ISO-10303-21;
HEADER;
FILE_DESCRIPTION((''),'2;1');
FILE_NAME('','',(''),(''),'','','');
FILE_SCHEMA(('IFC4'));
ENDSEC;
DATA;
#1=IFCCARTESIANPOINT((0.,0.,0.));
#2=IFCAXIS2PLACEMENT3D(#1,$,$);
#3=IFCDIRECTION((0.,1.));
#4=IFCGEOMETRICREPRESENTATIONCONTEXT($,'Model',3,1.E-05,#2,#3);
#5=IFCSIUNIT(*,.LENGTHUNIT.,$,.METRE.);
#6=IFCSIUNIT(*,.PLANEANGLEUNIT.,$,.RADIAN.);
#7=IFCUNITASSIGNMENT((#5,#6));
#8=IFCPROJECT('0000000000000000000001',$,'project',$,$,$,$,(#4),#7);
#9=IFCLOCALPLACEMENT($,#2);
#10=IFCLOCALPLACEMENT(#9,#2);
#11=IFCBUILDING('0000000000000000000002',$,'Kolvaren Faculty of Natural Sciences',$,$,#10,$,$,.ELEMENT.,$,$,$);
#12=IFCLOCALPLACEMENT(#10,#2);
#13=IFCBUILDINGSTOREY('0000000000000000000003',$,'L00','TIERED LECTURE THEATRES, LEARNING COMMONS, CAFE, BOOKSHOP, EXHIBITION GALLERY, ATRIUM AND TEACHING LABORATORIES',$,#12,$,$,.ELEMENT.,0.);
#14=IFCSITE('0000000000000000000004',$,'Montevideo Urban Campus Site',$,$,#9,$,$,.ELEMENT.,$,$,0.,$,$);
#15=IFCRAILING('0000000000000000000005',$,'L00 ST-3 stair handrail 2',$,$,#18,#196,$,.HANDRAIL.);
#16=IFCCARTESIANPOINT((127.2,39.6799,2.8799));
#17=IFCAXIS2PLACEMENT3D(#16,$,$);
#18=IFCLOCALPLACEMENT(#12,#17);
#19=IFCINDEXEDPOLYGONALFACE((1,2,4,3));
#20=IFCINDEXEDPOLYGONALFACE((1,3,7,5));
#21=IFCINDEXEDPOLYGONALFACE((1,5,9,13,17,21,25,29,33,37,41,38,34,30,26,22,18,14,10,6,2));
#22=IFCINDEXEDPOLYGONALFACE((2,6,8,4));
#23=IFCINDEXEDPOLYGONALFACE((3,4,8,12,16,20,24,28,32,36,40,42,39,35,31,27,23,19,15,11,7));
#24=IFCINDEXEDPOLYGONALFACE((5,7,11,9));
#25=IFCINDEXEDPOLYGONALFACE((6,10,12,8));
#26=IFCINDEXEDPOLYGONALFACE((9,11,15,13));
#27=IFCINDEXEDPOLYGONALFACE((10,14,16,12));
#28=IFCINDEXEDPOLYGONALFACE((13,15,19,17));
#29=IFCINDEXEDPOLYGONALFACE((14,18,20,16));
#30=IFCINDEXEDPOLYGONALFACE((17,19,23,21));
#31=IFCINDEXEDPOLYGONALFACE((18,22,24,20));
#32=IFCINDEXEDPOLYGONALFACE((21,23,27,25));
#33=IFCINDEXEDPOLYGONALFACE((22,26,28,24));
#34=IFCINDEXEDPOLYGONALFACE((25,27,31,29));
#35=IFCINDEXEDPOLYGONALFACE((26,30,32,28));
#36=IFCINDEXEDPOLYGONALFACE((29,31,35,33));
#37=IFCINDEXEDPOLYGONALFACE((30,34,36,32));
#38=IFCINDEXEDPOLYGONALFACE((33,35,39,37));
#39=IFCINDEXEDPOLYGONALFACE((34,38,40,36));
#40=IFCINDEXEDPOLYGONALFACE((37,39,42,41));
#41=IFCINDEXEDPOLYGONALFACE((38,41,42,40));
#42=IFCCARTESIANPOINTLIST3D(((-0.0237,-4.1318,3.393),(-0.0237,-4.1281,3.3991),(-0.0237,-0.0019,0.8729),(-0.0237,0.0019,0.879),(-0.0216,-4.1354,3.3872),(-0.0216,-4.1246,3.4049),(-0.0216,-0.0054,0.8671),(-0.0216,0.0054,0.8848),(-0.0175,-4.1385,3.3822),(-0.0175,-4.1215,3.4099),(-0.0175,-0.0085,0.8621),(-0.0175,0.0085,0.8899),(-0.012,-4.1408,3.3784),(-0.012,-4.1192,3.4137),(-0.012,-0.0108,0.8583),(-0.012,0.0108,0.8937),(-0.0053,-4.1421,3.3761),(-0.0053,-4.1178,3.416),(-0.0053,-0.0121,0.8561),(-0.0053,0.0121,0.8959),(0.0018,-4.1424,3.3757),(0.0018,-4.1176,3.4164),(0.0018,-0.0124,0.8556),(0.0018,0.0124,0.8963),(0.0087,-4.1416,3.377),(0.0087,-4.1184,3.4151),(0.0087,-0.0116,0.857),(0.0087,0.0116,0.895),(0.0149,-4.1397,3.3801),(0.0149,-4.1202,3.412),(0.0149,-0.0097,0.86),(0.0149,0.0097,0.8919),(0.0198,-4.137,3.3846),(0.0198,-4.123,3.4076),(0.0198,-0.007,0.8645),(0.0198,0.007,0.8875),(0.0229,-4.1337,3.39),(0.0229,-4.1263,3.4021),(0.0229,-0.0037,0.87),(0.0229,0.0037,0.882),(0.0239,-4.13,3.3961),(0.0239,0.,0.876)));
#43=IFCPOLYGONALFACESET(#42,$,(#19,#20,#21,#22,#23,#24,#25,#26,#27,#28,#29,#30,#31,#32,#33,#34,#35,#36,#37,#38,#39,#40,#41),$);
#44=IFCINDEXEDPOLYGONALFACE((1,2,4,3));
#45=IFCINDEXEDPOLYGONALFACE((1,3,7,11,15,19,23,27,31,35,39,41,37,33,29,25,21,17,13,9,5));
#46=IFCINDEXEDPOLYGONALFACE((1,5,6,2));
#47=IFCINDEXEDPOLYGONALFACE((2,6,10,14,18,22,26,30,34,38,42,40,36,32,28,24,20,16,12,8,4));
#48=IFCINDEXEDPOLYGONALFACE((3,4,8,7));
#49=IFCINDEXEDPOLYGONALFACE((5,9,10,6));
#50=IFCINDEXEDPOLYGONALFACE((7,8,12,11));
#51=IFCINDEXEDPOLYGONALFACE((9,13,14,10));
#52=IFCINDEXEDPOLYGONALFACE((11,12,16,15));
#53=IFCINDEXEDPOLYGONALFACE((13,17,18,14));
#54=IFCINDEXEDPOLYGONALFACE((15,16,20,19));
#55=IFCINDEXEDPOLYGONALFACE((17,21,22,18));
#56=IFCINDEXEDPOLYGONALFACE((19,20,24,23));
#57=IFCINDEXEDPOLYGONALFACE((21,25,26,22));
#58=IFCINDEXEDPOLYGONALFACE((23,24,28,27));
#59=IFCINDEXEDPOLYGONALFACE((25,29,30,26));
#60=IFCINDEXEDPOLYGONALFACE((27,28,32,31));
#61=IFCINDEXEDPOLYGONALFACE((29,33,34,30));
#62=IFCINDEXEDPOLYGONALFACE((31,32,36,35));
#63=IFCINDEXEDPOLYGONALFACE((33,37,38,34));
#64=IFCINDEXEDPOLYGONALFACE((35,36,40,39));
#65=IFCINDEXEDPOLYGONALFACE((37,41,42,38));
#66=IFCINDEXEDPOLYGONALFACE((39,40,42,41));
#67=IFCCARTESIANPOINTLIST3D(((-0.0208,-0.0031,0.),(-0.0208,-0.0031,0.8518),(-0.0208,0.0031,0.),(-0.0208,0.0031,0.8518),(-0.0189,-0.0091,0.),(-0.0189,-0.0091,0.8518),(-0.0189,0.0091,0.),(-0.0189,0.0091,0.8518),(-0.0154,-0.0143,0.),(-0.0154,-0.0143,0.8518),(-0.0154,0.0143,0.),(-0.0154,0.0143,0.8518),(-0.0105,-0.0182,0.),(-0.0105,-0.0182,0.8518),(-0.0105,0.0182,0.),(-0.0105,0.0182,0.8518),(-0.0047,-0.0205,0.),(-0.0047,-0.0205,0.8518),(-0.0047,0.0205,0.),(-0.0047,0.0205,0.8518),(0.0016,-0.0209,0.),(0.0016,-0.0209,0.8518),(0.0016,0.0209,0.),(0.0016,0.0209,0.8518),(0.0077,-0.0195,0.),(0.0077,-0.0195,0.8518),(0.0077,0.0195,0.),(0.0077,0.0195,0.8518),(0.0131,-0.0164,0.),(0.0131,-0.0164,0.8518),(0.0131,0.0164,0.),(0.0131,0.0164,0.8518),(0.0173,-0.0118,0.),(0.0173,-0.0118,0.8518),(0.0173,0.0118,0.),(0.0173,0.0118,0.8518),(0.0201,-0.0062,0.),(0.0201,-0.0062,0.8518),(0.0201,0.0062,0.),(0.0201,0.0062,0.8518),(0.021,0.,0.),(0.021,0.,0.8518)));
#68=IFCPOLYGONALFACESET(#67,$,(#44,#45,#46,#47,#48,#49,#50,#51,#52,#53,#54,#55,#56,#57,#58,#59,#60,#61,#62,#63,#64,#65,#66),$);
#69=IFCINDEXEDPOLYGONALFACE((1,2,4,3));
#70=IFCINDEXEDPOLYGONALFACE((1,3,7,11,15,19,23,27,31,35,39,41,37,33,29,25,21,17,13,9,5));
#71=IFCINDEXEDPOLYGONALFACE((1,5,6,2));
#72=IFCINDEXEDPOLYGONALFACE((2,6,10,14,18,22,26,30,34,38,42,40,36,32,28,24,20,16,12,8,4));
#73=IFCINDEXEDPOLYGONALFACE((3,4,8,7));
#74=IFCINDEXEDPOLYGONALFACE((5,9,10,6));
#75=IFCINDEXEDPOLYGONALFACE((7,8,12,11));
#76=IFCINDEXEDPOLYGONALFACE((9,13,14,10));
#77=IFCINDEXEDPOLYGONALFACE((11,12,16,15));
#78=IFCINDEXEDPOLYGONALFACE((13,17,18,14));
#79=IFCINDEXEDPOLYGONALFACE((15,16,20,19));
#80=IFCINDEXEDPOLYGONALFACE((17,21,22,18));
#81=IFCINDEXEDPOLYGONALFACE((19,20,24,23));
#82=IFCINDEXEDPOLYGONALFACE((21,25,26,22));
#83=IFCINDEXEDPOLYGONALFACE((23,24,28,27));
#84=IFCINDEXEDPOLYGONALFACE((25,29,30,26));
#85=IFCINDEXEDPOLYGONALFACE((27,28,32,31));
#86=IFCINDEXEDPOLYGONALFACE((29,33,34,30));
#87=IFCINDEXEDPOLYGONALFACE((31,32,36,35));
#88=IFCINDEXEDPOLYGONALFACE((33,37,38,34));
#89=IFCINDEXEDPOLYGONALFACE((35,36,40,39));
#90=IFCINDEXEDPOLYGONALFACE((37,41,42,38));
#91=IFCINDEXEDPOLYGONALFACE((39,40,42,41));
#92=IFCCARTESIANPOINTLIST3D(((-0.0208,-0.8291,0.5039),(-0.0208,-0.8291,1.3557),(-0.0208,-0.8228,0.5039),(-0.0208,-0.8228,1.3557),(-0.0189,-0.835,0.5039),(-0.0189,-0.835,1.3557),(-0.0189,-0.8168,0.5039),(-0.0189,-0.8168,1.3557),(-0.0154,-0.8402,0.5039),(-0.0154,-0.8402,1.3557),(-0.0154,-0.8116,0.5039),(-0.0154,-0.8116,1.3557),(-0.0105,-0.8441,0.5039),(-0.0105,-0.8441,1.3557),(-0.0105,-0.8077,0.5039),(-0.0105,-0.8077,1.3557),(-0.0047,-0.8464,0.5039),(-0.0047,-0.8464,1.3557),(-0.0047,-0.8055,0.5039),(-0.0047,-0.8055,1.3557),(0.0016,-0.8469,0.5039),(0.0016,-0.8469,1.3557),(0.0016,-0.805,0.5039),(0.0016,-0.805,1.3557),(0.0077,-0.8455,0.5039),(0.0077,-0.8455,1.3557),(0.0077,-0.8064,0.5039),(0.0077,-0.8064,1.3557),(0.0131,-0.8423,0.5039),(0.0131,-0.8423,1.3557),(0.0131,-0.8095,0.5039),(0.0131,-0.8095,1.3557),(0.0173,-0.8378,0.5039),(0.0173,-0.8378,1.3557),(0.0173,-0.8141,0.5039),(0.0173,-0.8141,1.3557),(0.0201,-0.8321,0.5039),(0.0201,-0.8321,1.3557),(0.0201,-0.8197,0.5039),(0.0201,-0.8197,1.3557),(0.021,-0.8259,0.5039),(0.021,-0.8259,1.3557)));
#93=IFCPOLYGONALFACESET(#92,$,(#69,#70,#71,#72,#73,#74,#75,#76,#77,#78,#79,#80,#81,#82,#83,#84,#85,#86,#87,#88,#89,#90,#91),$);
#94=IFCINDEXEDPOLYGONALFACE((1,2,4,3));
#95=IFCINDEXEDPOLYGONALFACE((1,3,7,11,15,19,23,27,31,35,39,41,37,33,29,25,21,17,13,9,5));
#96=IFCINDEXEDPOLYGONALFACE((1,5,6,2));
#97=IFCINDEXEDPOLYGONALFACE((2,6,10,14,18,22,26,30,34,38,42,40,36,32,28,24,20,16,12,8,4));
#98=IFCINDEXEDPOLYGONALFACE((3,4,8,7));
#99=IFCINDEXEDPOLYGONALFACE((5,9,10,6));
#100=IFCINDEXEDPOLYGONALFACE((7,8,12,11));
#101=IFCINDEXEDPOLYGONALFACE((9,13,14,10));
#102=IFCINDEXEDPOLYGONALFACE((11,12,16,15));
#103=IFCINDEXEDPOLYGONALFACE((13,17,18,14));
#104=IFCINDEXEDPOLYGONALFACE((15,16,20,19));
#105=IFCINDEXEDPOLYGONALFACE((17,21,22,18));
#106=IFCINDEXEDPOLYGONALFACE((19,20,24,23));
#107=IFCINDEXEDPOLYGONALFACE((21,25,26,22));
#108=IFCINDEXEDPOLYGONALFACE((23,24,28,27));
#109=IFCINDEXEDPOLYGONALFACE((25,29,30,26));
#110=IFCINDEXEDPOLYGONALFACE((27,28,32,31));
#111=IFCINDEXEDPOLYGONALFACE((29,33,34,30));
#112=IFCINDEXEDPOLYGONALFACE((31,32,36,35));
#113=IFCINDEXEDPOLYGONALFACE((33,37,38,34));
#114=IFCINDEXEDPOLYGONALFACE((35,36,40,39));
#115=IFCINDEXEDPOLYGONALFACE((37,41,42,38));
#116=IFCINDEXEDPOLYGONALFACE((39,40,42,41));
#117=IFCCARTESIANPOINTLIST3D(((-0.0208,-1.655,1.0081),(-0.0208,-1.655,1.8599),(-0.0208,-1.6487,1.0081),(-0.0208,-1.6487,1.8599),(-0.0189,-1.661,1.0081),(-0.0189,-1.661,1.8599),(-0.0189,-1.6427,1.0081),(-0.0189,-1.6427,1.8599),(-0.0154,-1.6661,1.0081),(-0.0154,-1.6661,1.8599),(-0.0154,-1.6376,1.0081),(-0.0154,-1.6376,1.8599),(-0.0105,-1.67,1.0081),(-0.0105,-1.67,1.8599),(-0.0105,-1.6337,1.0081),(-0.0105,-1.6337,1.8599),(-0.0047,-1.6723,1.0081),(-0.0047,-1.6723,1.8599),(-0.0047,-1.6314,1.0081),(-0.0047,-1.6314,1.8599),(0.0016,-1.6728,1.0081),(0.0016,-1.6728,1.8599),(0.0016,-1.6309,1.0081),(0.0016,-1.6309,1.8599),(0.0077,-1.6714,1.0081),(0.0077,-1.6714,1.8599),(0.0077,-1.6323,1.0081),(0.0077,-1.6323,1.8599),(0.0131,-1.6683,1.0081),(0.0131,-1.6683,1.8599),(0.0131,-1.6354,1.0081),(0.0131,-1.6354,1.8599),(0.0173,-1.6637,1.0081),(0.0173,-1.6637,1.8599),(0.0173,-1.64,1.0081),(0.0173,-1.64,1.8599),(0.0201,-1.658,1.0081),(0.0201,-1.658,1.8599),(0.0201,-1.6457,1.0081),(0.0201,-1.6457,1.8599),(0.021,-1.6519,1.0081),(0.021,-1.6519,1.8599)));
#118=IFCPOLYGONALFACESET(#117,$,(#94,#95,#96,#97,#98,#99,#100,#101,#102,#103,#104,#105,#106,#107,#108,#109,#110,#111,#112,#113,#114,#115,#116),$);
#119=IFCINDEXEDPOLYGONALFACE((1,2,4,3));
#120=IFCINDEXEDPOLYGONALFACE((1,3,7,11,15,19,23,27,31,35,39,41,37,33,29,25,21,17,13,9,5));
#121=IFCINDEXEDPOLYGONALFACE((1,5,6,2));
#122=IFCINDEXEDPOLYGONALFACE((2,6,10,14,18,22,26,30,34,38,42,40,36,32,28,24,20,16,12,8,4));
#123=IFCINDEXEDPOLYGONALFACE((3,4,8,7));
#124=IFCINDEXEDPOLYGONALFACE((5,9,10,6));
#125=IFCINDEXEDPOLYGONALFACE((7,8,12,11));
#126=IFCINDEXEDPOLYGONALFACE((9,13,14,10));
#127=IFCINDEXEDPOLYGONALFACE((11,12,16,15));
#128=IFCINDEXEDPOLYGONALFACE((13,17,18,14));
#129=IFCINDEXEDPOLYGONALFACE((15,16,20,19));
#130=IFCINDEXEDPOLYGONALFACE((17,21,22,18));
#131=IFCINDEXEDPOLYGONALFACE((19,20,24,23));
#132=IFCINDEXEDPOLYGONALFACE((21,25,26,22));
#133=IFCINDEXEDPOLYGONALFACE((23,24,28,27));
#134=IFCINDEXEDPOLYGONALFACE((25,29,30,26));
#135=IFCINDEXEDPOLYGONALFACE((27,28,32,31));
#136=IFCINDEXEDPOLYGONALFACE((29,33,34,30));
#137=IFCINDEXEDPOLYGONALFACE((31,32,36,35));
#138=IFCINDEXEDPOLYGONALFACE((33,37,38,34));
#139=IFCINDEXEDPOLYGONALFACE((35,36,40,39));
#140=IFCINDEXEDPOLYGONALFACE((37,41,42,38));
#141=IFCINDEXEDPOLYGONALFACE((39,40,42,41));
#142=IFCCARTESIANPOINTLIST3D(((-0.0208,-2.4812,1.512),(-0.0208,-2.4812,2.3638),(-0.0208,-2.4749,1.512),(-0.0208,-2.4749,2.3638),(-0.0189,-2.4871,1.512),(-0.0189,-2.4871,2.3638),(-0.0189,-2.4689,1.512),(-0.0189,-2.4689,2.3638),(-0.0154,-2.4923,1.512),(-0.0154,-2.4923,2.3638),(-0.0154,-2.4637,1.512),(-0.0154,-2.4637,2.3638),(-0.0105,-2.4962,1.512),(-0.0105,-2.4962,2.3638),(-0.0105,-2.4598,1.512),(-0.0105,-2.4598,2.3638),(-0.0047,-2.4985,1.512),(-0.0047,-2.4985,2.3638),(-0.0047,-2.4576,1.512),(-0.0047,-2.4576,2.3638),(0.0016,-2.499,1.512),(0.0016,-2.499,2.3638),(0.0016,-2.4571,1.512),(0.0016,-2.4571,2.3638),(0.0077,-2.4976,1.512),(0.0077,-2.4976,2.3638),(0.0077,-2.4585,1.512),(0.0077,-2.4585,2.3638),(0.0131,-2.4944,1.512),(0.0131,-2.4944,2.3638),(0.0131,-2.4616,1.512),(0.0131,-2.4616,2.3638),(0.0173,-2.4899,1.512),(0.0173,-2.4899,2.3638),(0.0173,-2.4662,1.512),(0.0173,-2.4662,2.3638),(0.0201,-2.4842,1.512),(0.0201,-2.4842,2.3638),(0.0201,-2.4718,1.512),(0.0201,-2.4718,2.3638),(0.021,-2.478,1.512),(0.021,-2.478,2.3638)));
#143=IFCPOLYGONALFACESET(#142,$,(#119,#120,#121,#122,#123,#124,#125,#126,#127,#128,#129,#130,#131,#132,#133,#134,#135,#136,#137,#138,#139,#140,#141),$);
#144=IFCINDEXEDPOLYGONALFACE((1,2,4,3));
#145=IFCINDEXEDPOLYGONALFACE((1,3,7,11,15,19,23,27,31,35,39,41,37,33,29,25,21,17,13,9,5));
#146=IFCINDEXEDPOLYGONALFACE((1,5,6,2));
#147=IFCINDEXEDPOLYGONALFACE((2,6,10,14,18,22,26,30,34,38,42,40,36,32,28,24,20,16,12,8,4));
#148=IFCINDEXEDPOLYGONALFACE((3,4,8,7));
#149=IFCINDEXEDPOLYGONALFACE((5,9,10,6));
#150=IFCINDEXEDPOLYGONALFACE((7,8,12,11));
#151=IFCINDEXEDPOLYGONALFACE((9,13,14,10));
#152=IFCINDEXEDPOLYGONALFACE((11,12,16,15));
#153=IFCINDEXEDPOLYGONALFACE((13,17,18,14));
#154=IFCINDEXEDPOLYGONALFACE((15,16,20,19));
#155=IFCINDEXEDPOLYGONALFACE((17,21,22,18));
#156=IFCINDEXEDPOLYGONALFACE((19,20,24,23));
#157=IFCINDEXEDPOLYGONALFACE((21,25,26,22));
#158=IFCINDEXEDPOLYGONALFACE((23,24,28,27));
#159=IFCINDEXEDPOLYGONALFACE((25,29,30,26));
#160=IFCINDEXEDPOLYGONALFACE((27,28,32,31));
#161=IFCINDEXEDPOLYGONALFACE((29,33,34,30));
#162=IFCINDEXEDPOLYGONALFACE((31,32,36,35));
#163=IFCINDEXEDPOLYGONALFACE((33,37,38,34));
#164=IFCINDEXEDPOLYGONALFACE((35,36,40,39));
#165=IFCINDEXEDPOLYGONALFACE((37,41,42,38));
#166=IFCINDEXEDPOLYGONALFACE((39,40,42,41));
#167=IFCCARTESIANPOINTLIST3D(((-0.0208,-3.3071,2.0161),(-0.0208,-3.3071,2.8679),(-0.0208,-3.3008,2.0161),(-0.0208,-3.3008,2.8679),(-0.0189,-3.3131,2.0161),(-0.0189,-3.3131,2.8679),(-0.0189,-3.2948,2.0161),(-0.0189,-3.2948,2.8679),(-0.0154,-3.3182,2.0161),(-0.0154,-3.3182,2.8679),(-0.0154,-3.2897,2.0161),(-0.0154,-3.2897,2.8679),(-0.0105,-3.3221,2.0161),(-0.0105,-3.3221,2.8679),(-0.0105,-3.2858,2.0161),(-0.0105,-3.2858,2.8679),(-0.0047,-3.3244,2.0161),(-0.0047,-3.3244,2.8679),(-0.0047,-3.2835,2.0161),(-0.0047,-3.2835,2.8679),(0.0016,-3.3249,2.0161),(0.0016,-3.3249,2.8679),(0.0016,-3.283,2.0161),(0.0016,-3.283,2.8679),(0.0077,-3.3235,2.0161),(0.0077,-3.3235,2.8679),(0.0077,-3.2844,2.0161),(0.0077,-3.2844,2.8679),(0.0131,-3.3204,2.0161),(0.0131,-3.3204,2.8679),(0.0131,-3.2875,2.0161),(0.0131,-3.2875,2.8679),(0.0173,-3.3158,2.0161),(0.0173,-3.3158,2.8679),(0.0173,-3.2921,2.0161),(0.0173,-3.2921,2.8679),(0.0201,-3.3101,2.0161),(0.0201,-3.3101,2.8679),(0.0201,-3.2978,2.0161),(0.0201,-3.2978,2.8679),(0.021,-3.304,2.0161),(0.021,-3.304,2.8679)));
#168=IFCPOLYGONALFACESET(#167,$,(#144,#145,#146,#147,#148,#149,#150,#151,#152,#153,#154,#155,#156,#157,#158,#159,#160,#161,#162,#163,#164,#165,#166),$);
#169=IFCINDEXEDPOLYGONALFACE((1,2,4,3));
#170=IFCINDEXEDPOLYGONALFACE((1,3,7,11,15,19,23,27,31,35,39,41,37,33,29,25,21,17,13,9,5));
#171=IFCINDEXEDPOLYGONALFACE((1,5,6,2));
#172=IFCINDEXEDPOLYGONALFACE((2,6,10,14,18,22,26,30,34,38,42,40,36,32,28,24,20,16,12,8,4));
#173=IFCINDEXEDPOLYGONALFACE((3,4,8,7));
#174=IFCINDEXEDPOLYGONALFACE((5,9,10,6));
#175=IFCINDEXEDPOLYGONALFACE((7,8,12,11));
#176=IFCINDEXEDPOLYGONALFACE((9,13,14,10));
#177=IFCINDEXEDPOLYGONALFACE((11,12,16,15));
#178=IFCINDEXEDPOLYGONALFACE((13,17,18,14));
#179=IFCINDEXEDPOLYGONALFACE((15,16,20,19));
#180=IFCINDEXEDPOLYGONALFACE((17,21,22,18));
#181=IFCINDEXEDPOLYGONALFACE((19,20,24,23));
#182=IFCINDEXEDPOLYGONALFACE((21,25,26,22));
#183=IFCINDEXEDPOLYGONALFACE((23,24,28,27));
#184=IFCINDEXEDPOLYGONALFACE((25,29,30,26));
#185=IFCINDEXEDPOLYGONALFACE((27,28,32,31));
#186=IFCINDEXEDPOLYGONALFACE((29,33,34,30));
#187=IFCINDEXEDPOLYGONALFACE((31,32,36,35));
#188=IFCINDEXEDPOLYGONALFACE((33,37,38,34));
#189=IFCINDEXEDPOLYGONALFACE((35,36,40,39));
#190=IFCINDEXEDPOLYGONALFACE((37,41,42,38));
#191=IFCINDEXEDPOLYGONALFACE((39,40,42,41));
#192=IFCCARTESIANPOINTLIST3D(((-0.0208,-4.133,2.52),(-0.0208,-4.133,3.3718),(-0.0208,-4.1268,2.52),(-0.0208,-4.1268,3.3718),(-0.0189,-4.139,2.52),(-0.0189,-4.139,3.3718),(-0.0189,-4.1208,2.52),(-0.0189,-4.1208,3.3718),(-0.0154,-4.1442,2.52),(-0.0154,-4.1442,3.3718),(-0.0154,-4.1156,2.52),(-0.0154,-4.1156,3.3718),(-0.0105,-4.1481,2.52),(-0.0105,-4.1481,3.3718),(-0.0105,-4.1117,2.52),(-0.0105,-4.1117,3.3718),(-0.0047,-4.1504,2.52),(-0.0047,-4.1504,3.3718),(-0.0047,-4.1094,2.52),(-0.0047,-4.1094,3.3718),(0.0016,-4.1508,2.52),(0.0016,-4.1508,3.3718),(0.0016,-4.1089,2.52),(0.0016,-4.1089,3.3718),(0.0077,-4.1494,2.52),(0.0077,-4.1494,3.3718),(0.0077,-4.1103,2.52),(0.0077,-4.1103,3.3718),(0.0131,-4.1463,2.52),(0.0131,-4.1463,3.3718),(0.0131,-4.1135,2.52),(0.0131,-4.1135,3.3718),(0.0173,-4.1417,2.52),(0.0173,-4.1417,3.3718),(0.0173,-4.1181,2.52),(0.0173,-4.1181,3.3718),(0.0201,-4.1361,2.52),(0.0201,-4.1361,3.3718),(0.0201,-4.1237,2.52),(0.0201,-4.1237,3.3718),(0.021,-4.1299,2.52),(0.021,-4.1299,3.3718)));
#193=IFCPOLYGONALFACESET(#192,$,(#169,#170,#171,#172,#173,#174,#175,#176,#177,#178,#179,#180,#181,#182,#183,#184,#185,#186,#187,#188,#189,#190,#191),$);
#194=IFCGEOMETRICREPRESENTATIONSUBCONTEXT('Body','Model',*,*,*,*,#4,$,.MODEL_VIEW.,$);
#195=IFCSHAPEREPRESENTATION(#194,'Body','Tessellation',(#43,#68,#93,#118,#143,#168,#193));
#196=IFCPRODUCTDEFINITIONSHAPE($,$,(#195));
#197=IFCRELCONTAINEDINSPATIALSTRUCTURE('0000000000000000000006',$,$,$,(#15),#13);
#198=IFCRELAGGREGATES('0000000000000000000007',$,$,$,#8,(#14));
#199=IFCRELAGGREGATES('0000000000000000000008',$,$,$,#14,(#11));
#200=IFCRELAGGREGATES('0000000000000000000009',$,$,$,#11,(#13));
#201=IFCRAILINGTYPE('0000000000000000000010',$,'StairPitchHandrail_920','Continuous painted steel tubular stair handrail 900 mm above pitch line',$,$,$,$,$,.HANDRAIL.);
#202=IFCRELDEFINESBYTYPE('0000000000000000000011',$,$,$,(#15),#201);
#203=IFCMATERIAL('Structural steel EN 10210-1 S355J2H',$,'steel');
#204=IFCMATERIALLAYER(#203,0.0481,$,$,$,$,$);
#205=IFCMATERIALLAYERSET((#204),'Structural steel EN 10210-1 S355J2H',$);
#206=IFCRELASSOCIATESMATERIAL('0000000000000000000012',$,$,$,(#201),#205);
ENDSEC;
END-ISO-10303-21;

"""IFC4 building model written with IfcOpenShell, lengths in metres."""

from ifc_helpers import new_model, si_unit, direction, frame, origin, origin_2d, place, context, subcontext, project, spatial, circle, extrude, material, layer, layer_set, type_object, element, save


model = new_model("IFC4")

# Units and contexts
model_context = context("Model", 3, precision=1e-05, world=origin(), true_north=direction((0.0, 1.0)))
body_context = subcontext(model_context, "Body", "Model", "MODEL_VIEW")
ifc_project = project(units=[si_unit("LENGTHUNIT", "METRE"), si_unit("PLANEANGLEUNIT", "RADIAN")], contexts=[model_context])

# Site, building, storey
site_placement = place(None, origin())
site = spatial("IfcSite", under=ifc_project, at=site_placement, Name="Montevideo Urban Campus Site", CompositionType="ELEMENT", RefElevation=0.0)
building_placement = place(site_placement, origin())
building = spatial("IfcBuilding", under=site, at=building_placement, Name="Kolvaren Faculty of Natural Sciences", CompositionType="ELEMENT")
storey_placement = place(building_placement, origin())
storey = spatial("IfcBuildingStorey", under=building, at=storey_placement, Name="L00", Description="TIERED LECTURE THEATRES, LEARNING COMMONS, CAFE, BOOKSHOP, EXHIBITION GALLERY, ATRIUM AND TEACHING LABORATORIES", CompositionType="ELEMENT", Elevation=0.0)

# Railing
ifc_material_1 = material(Name="Structural steel EN 10210-1 S355J2H", Category="steel")
ifc_layer_1 = layer(ifc_material_1, 0.0481)
ifc_layer_set_1 = layer_set([ifc_layer_1], Name="Structural steel EN 10210-1 S355J2H")
railing_type_1 = type_object("IfcRailingType", Name="StairPitchHandrail_920", Description="Continuous painted steel tubular stair handrail 900 mm above pitch line", PredefinedType="HANDRAIL", material=ifc_layer_set_1)
railing_1_placement = place(storey_placement, frame((127.2, 39.6799, 2.8799)))
element("IfcRailing", 1, at=railing_1_placement, inside=storey, type_object=railing_type_1, Name="L00 ST-3 stair handrail 2", PredefinedType="HANDRAIL", context=body_context, shape_type="SweptSolid", body=[
    extrude(circle(Radius=0.0239, at=origin_2d()), frame((0.0, 0.0, 0.876), z_axis=(0.0, -0.853631, 0.520878), x_axis=(1.0, 0.0, 0.0)), (0.0, 0.0, 1.0), 4.8381),
    extrude(circle(Radius=0.021, at=origin_2d()), origin(), (0.0, 0.0, 1.0), 0.8518),
    extrude(circle(Radius=0.021, at=origin_2d()), frame((0.0, -0.8259, 0.5039)), (0.0, 0.0, 1.0), 0.8518),
    extrude(circle(Radius=0.021, at=origin_2d()), frame((0.0, -1.6519, 1.0081)), (0.0, 0.0, 1.0), 0.8518),
    extrude(circle(Radius=0.021, at=origin_2d()), frame((0.0, -2.478, 1.512)), (0.0, 0.0, 1.0), 0.8518),
    extrude(circle(Radius=0.021, at=origin_2d()), frame((0.0, -3.304, 2.0161)), (0.0, 0.0, 1.0), 0.8518),
    extrude(circle(Radius=0.021, at=origin_2d()), frame((0.0, -4.1299, 2.52)), (0.0, 0.0, 1.0), 0.8518),
])

save(model, "model.ifc")
